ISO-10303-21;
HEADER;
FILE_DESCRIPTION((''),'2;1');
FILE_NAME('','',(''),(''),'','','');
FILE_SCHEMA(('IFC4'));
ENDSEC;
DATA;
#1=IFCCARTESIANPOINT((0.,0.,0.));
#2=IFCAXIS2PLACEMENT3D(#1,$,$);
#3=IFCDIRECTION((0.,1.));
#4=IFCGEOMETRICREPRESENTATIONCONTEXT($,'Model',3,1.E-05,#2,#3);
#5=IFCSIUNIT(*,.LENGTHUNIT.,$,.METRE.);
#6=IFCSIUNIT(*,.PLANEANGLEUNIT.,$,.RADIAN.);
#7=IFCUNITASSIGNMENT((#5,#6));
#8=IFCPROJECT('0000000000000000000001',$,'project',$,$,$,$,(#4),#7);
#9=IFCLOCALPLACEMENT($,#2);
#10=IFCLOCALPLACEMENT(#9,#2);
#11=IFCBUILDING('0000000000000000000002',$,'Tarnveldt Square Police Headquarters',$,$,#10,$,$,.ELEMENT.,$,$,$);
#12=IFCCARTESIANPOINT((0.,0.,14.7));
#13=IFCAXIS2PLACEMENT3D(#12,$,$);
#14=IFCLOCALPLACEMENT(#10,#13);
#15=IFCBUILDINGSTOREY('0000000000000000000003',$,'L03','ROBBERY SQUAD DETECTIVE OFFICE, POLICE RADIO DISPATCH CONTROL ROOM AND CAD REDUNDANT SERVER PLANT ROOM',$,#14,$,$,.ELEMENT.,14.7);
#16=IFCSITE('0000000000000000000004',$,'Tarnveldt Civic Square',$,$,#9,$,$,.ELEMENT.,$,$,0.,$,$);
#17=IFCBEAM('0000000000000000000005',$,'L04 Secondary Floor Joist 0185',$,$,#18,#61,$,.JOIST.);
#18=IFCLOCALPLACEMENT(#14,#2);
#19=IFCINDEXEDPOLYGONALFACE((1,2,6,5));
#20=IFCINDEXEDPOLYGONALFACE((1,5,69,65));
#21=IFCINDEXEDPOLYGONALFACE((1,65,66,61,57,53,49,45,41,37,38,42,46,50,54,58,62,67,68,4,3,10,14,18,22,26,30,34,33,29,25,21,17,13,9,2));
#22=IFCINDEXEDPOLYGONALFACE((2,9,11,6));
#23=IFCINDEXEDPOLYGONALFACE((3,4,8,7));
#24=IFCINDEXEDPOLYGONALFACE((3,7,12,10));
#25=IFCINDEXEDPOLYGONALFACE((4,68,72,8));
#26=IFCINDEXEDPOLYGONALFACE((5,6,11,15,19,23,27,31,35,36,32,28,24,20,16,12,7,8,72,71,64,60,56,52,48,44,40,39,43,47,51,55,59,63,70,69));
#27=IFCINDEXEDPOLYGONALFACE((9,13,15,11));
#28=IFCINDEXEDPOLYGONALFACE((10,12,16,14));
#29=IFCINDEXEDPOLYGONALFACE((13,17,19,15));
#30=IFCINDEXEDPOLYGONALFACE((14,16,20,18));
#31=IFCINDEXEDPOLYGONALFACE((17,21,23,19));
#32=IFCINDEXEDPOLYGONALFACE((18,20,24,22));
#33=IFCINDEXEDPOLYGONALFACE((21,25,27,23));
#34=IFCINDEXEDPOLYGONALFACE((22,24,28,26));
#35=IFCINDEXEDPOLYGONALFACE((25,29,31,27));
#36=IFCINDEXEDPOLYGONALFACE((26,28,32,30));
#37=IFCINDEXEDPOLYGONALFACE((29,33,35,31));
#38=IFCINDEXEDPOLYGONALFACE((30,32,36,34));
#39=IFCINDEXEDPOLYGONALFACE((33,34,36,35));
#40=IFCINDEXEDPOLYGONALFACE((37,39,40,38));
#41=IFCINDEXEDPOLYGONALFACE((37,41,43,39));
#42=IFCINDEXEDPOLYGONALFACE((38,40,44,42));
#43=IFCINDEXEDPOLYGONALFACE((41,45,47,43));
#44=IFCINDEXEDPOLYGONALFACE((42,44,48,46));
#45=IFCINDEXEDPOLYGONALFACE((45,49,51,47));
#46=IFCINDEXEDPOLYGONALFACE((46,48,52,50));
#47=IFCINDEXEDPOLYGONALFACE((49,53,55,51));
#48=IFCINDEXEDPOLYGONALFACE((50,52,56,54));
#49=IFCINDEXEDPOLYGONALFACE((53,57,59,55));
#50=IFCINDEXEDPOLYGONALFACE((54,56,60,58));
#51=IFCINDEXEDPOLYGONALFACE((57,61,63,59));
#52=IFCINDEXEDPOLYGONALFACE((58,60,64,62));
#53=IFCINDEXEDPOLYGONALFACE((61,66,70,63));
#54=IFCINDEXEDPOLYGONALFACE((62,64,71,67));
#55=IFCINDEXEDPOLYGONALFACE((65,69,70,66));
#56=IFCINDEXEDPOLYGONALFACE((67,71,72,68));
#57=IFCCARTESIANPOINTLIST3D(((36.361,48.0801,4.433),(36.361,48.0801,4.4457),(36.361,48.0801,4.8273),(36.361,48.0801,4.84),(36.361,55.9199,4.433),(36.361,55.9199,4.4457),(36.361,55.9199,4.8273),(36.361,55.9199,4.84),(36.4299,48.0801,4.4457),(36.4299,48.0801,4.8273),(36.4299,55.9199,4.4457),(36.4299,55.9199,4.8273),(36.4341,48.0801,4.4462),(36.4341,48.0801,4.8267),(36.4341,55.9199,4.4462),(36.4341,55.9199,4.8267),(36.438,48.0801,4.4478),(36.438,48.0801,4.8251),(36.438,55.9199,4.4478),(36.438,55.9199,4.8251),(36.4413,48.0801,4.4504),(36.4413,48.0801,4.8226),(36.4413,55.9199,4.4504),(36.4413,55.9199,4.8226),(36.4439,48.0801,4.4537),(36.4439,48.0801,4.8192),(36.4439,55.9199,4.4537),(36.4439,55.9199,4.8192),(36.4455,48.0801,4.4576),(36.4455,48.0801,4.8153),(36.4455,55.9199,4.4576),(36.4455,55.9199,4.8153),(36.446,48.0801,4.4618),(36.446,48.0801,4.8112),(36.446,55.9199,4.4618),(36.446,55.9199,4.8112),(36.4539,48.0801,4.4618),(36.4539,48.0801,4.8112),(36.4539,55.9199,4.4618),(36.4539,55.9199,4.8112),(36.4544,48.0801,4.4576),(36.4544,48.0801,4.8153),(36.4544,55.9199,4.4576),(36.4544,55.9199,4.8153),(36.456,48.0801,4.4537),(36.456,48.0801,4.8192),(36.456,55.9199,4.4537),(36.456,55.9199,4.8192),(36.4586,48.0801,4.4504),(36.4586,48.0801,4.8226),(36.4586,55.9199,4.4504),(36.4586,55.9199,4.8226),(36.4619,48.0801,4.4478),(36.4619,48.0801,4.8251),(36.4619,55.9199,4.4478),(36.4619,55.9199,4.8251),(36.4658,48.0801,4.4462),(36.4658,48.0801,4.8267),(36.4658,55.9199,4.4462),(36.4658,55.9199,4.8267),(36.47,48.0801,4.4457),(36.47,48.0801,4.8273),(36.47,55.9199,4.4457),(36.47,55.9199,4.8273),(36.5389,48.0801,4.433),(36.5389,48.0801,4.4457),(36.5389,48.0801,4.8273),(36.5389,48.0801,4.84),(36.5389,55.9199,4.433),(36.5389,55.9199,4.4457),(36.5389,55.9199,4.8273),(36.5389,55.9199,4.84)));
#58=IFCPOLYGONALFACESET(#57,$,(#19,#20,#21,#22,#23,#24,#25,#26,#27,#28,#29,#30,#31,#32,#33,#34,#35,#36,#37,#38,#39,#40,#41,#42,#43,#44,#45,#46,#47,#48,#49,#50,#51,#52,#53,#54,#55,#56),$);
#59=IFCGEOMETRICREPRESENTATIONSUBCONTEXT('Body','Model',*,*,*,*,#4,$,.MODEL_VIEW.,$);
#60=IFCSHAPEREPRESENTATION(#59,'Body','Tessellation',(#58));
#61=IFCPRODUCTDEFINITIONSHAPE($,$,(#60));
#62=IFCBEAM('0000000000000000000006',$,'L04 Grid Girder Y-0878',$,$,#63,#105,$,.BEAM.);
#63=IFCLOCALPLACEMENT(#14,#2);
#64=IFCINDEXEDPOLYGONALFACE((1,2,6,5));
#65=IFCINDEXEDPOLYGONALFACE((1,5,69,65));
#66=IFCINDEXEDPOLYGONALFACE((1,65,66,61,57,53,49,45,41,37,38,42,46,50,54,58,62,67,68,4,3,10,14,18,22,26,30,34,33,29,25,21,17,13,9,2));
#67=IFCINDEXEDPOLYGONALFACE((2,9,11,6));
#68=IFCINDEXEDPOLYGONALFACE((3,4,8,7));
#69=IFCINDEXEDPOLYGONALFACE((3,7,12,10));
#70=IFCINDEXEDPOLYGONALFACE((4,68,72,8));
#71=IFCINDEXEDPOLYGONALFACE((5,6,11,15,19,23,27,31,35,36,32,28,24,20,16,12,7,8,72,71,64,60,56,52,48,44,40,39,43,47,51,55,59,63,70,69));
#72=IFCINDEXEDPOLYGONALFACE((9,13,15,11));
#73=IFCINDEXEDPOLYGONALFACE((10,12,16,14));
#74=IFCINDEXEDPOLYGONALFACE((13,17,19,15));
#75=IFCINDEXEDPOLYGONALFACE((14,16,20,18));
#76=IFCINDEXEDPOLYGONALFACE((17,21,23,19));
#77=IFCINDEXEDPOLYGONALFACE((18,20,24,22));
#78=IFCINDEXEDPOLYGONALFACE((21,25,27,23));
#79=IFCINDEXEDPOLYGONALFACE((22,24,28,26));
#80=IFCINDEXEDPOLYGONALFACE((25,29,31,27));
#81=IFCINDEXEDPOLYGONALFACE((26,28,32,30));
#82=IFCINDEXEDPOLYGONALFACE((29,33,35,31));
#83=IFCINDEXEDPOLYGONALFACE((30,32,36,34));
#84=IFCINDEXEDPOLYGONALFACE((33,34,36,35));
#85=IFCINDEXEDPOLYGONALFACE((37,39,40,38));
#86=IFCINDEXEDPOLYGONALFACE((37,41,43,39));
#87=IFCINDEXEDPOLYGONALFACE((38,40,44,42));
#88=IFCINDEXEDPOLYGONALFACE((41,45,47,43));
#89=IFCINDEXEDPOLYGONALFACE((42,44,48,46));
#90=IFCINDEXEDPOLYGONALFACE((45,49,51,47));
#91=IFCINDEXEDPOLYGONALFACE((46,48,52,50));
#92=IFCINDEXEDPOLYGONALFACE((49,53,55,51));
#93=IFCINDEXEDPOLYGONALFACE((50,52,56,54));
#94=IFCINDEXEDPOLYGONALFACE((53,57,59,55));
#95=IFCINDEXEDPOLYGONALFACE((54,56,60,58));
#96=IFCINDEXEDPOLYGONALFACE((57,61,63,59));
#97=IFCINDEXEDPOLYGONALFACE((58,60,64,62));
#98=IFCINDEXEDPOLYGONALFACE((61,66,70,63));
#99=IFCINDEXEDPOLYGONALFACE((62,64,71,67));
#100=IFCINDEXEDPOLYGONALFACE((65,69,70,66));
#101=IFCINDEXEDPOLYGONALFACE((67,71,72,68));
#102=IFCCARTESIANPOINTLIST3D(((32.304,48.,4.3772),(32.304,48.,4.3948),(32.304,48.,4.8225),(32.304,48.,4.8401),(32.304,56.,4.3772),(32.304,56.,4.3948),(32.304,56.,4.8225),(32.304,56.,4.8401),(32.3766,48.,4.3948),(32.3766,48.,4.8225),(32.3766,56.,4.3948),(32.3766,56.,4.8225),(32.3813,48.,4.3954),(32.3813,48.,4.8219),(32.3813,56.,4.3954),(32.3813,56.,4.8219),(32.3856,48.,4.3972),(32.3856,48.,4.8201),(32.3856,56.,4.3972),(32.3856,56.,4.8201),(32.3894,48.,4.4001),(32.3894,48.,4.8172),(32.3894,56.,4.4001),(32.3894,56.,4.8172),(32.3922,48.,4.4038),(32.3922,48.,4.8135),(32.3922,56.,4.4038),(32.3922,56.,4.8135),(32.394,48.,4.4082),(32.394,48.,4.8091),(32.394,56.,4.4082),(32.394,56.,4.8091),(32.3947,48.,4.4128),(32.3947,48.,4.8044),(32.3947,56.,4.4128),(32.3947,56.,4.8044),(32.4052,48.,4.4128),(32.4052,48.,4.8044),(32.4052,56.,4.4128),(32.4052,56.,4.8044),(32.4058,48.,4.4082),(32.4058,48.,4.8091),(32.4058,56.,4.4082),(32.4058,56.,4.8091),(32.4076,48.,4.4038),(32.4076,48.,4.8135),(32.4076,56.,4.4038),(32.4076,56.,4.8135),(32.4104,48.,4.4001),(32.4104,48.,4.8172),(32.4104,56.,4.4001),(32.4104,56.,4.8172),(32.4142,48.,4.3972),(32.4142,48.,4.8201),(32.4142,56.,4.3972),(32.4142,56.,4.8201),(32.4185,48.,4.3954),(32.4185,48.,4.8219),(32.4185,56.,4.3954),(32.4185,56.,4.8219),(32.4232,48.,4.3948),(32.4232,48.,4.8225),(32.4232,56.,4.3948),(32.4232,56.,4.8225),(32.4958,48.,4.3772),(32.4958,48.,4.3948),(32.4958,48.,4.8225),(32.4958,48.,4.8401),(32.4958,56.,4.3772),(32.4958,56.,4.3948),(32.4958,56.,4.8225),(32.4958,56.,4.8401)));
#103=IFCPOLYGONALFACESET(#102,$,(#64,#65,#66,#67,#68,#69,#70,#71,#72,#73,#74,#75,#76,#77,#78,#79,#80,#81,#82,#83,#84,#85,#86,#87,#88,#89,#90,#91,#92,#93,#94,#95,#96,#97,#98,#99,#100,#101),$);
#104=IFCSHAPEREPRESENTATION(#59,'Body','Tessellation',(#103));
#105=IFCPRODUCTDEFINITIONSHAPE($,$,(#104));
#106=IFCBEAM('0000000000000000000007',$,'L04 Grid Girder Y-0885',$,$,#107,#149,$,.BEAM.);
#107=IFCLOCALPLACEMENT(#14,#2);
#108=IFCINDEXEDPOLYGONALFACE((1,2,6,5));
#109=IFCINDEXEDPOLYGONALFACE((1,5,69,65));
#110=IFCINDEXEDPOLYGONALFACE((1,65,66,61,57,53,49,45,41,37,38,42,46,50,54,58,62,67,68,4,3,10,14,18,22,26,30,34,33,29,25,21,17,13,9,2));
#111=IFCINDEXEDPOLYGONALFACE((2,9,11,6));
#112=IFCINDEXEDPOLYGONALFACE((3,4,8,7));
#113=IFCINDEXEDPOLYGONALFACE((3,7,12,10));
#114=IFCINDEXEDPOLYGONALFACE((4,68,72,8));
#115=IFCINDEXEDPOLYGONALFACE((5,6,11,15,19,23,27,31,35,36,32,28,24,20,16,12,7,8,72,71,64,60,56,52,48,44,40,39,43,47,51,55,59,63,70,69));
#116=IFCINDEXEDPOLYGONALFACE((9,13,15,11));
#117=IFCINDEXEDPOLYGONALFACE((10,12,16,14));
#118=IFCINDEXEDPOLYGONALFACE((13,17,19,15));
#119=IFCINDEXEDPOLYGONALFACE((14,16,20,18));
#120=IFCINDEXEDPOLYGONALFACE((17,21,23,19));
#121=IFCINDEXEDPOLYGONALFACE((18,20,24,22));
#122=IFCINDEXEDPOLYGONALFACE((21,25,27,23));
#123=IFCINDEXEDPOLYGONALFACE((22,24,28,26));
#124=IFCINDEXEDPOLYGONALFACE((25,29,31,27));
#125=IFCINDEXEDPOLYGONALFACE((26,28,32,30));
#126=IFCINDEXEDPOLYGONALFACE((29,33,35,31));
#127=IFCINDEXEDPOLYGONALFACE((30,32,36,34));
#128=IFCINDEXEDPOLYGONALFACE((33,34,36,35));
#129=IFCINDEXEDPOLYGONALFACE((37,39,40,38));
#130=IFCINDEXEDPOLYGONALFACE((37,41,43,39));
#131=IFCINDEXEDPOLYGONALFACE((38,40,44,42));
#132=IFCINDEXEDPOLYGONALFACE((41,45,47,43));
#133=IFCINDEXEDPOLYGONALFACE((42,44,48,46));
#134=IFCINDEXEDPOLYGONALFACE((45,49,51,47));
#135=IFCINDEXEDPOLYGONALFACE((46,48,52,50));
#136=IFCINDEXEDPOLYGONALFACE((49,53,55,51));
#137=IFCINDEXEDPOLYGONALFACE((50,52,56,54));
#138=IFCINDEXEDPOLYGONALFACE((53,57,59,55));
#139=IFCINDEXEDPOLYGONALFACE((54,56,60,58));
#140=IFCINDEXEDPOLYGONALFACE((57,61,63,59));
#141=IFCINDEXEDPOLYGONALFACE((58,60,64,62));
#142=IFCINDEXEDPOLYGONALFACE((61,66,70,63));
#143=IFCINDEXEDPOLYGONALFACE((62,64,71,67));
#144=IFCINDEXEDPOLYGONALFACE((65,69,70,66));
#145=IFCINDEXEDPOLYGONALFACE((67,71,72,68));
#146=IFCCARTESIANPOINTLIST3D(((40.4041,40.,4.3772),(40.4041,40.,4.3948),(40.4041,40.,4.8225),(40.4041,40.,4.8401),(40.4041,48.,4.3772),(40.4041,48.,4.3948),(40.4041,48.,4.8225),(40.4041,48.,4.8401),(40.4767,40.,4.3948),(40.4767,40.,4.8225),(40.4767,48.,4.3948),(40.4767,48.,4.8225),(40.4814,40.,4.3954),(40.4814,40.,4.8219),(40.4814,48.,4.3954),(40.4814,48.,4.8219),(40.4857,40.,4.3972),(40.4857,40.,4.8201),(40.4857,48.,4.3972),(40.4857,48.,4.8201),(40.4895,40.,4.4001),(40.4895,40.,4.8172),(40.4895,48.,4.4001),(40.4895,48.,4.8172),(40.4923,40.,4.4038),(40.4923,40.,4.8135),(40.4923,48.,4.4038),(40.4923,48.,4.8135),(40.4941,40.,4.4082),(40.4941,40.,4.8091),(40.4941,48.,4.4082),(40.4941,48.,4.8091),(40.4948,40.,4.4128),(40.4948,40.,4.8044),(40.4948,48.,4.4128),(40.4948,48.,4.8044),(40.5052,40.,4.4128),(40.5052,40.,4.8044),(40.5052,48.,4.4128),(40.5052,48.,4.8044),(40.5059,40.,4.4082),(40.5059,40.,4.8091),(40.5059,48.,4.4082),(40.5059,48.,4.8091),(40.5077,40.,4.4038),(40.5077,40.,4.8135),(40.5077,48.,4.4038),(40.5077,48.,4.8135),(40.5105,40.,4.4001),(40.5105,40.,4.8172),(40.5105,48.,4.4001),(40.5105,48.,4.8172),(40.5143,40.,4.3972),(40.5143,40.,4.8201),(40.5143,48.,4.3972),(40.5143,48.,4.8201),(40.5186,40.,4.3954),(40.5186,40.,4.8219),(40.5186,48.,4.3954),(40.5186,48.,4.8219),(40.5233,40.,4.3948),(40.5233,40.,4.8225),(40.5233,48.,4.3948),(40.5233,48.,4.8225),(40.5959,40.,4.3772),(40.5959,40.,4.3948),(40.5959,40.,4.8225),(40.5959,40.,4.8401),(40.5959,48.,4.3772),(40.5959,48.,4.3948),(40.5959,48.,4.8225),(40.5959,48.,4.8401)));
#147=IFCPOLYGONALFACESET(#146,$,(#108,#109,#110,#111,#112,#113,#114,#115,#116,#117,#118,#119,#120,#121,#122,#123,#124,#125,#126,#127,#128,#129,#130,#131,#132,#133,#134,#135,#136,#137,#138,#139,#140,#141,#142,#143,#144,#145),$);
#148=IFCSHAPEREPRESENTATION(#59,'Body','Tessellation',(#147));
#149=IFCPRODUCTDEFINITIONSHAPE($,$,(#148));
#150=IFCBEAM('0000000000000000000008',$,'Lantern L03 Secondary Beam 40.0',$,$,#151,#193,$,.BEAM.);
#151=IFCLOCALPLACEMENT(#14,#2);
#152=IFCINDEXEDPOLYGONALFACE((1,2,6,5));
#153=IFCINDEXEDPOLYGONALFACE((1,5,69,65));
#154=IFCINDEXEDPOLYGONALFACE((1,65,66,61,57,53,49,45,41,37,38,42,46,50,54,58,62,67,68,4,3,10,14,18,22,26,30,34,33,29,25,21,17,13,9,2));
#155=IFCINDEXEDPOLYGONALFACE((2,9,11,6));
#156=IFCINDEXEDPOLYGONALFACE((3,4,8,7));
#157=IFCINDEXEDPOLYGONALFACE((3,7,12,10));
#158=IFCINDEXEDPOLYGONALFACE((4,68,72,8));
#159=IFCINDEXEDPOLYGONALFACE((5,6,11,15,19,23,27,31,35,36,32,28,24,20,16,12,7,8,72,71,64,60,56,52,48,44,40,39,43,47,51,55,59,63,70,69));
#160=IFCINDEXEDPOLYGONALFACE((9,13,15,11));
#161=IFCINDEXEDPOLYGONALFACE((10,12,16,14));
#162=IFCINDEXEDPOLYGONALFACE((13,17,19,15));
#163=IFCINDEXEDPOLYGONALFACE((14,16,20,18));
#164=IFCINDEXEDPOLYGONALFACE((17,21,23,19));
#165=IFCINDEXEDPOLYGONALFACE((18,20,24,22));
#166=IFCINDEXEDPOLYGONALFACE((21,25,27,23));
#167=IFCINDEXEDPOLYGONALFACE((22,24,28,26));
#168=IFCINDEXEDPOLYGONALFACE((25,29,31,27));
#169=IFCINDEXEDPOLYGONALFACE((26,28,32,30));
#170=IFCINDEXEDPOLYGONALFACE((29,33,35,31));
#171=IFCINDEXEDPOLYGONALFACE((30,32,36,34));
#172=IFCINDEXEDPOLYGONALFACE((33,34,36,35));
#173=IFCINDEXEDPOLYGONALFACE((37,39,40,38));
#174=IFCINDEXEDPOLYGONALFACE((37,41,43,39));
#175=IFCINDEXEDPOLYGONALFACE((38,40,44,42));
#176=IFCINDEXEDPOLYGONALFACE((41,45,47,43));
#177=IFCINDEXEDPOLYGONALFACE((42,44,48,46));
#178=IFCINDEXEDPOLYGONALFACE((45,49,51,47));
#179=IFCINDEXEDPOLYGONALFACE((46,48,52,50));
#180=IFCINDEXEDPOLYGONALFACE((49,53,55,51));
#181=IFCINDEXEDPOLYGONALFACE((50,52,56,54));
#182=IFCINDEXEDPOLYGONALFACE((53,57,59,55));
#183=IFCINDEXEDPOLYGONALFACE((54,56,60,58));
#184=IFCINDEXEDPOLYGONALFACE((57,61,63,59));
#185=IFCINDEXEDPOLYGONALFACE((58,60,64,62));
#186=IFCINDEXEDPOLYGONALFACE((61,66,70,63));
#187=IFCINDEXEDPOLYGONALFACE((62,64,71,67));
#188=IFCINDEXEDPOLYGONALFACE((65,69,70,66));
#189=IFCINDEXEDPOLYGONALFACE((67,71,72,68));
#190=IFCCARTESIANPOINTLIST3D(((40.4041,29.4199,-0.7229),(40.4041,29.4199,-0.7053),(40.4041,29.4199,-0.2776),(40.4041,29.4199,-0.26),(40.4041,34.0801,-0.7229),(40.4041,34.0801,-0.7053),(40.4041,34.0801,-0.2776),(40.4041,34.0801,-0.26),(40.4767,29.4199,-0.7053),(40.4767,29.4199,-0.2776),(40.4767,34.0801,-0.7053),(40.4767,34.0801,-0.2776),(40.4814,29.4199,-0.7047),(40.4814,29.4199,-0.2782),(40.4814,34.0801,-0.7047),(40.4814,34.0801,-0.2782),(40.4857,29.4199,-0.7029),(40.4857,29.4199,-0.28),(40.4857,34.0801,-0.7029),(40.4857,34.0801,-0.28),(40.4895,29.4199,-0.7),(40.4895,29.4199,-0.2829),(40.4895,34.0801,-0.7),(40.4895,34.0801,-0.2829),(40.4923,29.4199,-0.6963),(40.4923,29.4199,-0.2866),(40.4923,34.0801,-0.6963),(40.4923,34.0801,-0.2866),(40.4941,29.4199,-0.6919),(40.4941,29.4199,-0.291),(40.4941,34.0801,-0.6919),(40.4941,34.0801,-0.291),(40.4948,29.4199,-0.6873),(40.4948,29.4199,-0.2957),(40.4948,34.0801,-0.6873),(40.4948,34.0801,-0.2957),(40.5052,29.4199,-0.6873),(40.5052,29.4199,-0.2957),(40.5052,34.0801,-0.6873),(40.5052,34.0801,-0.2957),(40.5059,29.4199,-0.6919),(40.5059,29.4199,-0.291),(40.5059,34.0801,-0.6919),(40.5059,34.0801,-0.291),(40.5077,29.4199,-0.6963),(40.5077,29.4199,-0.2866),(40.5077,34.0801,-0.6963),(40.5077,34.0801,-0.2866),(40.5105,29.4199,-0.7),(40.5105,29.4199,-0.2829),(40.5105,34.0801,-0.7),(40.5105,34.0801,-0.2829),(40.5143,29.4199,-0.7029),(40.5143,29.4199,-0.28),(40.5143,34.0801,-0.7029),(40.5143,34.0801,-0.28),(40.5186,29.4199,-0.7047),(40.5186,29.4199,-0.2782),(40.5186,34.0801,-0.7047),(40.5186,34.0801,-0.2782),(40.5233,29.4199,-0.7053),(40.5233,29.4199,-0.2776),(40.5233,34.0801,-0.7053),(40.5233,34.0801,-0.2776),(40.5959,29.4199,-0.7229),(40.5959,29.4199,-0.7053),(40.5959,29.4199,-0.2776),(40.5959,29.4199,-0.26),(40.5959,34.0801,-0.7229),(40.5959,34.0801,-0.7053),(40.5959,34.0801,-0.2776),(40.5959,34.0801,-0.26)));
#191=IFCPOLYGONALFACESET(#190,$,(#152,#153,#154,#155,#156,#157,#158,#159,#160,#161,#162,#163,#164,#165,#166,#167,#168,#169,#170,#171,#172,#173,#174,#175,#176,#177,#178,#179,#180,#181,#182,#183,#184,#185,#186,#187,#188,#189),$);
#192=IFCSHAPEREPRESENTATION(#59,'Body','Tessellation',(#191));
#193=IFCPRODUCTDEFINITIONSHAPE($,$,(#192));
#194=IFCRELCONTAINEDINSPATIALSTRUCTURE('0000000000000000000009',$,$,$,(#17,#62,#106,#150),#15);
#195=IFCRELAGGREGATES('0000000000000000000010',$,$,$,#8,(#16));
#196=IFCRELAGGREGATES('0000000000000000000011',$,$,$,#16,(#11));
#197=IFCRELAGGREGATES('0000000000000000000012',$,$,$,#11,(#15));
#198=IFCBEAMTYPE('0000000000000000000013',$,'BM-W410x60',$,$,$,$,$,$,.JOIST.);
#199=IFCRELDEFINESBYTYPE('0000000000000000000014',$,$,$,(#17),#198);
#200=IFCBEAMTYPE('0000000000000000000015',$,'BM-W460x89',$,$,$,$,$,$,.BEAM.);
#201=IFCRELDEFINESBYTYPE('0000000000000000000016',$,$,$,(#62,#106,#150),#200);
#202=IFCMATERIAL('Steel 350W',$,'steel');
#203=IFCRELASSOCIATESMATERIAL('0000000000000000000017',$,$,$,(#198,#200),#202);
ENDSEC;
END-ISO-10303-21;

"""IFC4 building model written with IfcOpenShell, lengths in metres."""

from ifc_helpers import new_model, si_unit, direction, frame, origin, origin_2d, place, context, subcontext, project, spatial, i_section, extrude, material, material_profile, profile_set, type_object, element, save


model = new_model("IFC4")

# Units and contexts
model_context = context("Model", 3, precision=1e-05, world=origin(), true_north=direction((0.0, 1.0)))
body_context = subcontext(model_context, "Body", "Model", "MODEL_VIEW")
ifc_project = project(units=[si_unit("LENGTHUNIT", "METRE"), si_unit("PLANEANGLEUNIT", "RADIAN")], contexts=[model_context])

# Site, building, storey
site_placement = place(None, origin())
site = spatial("IfcSite", under=ifc_project, at=site_placement, Name="Tarnveldt Civic Square", CompositionType="ELEMENT", RefElevation=0.0)
building_placement = place(site_placement, origin())
building = spatial("IfcBuilding", under=site, at=building_placement, Name="Tarnveldt Square Police Headquarters", CompositionType="ELEMENT")
storey_placement = place(building_placement, frame((0.0, 0.0, 14.7)))
storey = spatial("IfcBuildingStorey", under=building, at=storey_placement, Name="L03", Description="ROBBERY SQUAD DETECTIVE OFFICE, POLICE RADIO DISPATCH CONTROL ROOM AND CAD REDUNDANT SERVER PLANT ROOM", CompositionType="ELEMENT", Elevation=14.7)

# Shared definitions
ifc_material_1 = material(Name="Steel 350W", Category="steel")

# Beams
ifc_material_profile_1 = material_profile(ifc_material_1, i_section(OverallWidth=0.178, OverallDepth=0.407, WebThickness=0.0078, FlangeThickness=0.0127, FilletRadius=0.0161, at=origin_2d()), Name="W410x60")
ifc_profile_set_1 = profile_set([ifc_material_profile_1], Name="Steel 350W")
beam_type_1 = type_object("IfcBeamType", Name="BM-W410x60", PredefinedType="JOIST", material=ifc_profile_set_1)
beam_1_placement = place(storey_placement, frame((36.45, 48.0801, 4.6365), z_axis=(0.0, 1.0, 0.0), x_axis=(-1.0, 0.0, 0.0)))
element("IfcBeam", 1, at=beam_1_placement, inside=storey, type_object=beam_type_1, Name="L04 Secondary Floor Joist 0185", PredefinedType="JOIST", context=body_context, shape_type="SweptSolid", body=[
    extrude(i_section(OverallWidth=0.178, OverallDepth=0.407, WebThickness=0.0078, FlangeThickness=0.0127, FilletRadius=0.0161, at=origin_2d()), origin(), (0.0, 0.0, 1.0), 7.8398),
])
ifc_material_profile_2 = material_profile(ifc_material_1, i_section(OverallWidth=0.1919, OverallDepth=0.4629, WebThickness=0.0105, FlangeThickness=0.0176, FilletRadius=0.0181, at=origin_2d()), Name="W460x89")
ifc_profile_set_2 = profile_set([ifc_material_profile_2], Name="Steel 350W")
beam_type_2 = type_object("IfcBeamType", Name="BM-W460x89", PredefinedType="BEAM", material=ifc_profile_set_2)
for number, where, z_axis, x_axis, name in (
    (2, (32.3999, 48.0, 4.6086), (0.0, 1.0, 0.0), (-1.0, 0.0, 0.0), "L04 Grid Girder Y-0878"),
    (3, (40.5, 40.0, 4.6086), (0.0, 1.0, 0.0), (-1.0, 0.0, 0.0), "L04 Grid Girder Y-0885"),
):
    element("IfcBeam", number, at=place(storey_placement, frame(where, z_axis=z_axis, x_axis=x_axis)), inside=storey, type_object=beam_type_2, Name=name, PredefinedType="BEAM", context=body_context, shape_type="SweptSolid", body=[
        extrude(i_section(OverallWidth=0.1919, OverallDepth=0.4629, WebThickness=0.0105, FlangeThickness=0.0176, FilletRadius=0.0181, at=origin_2d()), origin(), (0.0, 0.0, 1.0), 8.0),
    ])
beam_2_placement = place(storey_placement, frame((40.5, 34.0801, -0.4915), z_axis=(0.0, -1.0, 0.0), x_axis=(1.0, 0.0, 0.0)))
element("IfcBeam", 4, at=beam_2_placement, inside=storey, type_object=beam_type_2, Name="Lantern L03 Secondary Beam 40.0", PredefinedType="BEAM", context=body_context, shape_type="SweptSolid", body=[
    extrude(i_section(OverallWidth=0.1919, OverallDepth=0.4629, WebThickness=0.0105, FlangeThickness=0.0176, FilletRadius=0.0181, at=origin_2d()), origin(), (0.0, 0.0, 1.0), 4.6602),
])

save(model, "model.ifc")
